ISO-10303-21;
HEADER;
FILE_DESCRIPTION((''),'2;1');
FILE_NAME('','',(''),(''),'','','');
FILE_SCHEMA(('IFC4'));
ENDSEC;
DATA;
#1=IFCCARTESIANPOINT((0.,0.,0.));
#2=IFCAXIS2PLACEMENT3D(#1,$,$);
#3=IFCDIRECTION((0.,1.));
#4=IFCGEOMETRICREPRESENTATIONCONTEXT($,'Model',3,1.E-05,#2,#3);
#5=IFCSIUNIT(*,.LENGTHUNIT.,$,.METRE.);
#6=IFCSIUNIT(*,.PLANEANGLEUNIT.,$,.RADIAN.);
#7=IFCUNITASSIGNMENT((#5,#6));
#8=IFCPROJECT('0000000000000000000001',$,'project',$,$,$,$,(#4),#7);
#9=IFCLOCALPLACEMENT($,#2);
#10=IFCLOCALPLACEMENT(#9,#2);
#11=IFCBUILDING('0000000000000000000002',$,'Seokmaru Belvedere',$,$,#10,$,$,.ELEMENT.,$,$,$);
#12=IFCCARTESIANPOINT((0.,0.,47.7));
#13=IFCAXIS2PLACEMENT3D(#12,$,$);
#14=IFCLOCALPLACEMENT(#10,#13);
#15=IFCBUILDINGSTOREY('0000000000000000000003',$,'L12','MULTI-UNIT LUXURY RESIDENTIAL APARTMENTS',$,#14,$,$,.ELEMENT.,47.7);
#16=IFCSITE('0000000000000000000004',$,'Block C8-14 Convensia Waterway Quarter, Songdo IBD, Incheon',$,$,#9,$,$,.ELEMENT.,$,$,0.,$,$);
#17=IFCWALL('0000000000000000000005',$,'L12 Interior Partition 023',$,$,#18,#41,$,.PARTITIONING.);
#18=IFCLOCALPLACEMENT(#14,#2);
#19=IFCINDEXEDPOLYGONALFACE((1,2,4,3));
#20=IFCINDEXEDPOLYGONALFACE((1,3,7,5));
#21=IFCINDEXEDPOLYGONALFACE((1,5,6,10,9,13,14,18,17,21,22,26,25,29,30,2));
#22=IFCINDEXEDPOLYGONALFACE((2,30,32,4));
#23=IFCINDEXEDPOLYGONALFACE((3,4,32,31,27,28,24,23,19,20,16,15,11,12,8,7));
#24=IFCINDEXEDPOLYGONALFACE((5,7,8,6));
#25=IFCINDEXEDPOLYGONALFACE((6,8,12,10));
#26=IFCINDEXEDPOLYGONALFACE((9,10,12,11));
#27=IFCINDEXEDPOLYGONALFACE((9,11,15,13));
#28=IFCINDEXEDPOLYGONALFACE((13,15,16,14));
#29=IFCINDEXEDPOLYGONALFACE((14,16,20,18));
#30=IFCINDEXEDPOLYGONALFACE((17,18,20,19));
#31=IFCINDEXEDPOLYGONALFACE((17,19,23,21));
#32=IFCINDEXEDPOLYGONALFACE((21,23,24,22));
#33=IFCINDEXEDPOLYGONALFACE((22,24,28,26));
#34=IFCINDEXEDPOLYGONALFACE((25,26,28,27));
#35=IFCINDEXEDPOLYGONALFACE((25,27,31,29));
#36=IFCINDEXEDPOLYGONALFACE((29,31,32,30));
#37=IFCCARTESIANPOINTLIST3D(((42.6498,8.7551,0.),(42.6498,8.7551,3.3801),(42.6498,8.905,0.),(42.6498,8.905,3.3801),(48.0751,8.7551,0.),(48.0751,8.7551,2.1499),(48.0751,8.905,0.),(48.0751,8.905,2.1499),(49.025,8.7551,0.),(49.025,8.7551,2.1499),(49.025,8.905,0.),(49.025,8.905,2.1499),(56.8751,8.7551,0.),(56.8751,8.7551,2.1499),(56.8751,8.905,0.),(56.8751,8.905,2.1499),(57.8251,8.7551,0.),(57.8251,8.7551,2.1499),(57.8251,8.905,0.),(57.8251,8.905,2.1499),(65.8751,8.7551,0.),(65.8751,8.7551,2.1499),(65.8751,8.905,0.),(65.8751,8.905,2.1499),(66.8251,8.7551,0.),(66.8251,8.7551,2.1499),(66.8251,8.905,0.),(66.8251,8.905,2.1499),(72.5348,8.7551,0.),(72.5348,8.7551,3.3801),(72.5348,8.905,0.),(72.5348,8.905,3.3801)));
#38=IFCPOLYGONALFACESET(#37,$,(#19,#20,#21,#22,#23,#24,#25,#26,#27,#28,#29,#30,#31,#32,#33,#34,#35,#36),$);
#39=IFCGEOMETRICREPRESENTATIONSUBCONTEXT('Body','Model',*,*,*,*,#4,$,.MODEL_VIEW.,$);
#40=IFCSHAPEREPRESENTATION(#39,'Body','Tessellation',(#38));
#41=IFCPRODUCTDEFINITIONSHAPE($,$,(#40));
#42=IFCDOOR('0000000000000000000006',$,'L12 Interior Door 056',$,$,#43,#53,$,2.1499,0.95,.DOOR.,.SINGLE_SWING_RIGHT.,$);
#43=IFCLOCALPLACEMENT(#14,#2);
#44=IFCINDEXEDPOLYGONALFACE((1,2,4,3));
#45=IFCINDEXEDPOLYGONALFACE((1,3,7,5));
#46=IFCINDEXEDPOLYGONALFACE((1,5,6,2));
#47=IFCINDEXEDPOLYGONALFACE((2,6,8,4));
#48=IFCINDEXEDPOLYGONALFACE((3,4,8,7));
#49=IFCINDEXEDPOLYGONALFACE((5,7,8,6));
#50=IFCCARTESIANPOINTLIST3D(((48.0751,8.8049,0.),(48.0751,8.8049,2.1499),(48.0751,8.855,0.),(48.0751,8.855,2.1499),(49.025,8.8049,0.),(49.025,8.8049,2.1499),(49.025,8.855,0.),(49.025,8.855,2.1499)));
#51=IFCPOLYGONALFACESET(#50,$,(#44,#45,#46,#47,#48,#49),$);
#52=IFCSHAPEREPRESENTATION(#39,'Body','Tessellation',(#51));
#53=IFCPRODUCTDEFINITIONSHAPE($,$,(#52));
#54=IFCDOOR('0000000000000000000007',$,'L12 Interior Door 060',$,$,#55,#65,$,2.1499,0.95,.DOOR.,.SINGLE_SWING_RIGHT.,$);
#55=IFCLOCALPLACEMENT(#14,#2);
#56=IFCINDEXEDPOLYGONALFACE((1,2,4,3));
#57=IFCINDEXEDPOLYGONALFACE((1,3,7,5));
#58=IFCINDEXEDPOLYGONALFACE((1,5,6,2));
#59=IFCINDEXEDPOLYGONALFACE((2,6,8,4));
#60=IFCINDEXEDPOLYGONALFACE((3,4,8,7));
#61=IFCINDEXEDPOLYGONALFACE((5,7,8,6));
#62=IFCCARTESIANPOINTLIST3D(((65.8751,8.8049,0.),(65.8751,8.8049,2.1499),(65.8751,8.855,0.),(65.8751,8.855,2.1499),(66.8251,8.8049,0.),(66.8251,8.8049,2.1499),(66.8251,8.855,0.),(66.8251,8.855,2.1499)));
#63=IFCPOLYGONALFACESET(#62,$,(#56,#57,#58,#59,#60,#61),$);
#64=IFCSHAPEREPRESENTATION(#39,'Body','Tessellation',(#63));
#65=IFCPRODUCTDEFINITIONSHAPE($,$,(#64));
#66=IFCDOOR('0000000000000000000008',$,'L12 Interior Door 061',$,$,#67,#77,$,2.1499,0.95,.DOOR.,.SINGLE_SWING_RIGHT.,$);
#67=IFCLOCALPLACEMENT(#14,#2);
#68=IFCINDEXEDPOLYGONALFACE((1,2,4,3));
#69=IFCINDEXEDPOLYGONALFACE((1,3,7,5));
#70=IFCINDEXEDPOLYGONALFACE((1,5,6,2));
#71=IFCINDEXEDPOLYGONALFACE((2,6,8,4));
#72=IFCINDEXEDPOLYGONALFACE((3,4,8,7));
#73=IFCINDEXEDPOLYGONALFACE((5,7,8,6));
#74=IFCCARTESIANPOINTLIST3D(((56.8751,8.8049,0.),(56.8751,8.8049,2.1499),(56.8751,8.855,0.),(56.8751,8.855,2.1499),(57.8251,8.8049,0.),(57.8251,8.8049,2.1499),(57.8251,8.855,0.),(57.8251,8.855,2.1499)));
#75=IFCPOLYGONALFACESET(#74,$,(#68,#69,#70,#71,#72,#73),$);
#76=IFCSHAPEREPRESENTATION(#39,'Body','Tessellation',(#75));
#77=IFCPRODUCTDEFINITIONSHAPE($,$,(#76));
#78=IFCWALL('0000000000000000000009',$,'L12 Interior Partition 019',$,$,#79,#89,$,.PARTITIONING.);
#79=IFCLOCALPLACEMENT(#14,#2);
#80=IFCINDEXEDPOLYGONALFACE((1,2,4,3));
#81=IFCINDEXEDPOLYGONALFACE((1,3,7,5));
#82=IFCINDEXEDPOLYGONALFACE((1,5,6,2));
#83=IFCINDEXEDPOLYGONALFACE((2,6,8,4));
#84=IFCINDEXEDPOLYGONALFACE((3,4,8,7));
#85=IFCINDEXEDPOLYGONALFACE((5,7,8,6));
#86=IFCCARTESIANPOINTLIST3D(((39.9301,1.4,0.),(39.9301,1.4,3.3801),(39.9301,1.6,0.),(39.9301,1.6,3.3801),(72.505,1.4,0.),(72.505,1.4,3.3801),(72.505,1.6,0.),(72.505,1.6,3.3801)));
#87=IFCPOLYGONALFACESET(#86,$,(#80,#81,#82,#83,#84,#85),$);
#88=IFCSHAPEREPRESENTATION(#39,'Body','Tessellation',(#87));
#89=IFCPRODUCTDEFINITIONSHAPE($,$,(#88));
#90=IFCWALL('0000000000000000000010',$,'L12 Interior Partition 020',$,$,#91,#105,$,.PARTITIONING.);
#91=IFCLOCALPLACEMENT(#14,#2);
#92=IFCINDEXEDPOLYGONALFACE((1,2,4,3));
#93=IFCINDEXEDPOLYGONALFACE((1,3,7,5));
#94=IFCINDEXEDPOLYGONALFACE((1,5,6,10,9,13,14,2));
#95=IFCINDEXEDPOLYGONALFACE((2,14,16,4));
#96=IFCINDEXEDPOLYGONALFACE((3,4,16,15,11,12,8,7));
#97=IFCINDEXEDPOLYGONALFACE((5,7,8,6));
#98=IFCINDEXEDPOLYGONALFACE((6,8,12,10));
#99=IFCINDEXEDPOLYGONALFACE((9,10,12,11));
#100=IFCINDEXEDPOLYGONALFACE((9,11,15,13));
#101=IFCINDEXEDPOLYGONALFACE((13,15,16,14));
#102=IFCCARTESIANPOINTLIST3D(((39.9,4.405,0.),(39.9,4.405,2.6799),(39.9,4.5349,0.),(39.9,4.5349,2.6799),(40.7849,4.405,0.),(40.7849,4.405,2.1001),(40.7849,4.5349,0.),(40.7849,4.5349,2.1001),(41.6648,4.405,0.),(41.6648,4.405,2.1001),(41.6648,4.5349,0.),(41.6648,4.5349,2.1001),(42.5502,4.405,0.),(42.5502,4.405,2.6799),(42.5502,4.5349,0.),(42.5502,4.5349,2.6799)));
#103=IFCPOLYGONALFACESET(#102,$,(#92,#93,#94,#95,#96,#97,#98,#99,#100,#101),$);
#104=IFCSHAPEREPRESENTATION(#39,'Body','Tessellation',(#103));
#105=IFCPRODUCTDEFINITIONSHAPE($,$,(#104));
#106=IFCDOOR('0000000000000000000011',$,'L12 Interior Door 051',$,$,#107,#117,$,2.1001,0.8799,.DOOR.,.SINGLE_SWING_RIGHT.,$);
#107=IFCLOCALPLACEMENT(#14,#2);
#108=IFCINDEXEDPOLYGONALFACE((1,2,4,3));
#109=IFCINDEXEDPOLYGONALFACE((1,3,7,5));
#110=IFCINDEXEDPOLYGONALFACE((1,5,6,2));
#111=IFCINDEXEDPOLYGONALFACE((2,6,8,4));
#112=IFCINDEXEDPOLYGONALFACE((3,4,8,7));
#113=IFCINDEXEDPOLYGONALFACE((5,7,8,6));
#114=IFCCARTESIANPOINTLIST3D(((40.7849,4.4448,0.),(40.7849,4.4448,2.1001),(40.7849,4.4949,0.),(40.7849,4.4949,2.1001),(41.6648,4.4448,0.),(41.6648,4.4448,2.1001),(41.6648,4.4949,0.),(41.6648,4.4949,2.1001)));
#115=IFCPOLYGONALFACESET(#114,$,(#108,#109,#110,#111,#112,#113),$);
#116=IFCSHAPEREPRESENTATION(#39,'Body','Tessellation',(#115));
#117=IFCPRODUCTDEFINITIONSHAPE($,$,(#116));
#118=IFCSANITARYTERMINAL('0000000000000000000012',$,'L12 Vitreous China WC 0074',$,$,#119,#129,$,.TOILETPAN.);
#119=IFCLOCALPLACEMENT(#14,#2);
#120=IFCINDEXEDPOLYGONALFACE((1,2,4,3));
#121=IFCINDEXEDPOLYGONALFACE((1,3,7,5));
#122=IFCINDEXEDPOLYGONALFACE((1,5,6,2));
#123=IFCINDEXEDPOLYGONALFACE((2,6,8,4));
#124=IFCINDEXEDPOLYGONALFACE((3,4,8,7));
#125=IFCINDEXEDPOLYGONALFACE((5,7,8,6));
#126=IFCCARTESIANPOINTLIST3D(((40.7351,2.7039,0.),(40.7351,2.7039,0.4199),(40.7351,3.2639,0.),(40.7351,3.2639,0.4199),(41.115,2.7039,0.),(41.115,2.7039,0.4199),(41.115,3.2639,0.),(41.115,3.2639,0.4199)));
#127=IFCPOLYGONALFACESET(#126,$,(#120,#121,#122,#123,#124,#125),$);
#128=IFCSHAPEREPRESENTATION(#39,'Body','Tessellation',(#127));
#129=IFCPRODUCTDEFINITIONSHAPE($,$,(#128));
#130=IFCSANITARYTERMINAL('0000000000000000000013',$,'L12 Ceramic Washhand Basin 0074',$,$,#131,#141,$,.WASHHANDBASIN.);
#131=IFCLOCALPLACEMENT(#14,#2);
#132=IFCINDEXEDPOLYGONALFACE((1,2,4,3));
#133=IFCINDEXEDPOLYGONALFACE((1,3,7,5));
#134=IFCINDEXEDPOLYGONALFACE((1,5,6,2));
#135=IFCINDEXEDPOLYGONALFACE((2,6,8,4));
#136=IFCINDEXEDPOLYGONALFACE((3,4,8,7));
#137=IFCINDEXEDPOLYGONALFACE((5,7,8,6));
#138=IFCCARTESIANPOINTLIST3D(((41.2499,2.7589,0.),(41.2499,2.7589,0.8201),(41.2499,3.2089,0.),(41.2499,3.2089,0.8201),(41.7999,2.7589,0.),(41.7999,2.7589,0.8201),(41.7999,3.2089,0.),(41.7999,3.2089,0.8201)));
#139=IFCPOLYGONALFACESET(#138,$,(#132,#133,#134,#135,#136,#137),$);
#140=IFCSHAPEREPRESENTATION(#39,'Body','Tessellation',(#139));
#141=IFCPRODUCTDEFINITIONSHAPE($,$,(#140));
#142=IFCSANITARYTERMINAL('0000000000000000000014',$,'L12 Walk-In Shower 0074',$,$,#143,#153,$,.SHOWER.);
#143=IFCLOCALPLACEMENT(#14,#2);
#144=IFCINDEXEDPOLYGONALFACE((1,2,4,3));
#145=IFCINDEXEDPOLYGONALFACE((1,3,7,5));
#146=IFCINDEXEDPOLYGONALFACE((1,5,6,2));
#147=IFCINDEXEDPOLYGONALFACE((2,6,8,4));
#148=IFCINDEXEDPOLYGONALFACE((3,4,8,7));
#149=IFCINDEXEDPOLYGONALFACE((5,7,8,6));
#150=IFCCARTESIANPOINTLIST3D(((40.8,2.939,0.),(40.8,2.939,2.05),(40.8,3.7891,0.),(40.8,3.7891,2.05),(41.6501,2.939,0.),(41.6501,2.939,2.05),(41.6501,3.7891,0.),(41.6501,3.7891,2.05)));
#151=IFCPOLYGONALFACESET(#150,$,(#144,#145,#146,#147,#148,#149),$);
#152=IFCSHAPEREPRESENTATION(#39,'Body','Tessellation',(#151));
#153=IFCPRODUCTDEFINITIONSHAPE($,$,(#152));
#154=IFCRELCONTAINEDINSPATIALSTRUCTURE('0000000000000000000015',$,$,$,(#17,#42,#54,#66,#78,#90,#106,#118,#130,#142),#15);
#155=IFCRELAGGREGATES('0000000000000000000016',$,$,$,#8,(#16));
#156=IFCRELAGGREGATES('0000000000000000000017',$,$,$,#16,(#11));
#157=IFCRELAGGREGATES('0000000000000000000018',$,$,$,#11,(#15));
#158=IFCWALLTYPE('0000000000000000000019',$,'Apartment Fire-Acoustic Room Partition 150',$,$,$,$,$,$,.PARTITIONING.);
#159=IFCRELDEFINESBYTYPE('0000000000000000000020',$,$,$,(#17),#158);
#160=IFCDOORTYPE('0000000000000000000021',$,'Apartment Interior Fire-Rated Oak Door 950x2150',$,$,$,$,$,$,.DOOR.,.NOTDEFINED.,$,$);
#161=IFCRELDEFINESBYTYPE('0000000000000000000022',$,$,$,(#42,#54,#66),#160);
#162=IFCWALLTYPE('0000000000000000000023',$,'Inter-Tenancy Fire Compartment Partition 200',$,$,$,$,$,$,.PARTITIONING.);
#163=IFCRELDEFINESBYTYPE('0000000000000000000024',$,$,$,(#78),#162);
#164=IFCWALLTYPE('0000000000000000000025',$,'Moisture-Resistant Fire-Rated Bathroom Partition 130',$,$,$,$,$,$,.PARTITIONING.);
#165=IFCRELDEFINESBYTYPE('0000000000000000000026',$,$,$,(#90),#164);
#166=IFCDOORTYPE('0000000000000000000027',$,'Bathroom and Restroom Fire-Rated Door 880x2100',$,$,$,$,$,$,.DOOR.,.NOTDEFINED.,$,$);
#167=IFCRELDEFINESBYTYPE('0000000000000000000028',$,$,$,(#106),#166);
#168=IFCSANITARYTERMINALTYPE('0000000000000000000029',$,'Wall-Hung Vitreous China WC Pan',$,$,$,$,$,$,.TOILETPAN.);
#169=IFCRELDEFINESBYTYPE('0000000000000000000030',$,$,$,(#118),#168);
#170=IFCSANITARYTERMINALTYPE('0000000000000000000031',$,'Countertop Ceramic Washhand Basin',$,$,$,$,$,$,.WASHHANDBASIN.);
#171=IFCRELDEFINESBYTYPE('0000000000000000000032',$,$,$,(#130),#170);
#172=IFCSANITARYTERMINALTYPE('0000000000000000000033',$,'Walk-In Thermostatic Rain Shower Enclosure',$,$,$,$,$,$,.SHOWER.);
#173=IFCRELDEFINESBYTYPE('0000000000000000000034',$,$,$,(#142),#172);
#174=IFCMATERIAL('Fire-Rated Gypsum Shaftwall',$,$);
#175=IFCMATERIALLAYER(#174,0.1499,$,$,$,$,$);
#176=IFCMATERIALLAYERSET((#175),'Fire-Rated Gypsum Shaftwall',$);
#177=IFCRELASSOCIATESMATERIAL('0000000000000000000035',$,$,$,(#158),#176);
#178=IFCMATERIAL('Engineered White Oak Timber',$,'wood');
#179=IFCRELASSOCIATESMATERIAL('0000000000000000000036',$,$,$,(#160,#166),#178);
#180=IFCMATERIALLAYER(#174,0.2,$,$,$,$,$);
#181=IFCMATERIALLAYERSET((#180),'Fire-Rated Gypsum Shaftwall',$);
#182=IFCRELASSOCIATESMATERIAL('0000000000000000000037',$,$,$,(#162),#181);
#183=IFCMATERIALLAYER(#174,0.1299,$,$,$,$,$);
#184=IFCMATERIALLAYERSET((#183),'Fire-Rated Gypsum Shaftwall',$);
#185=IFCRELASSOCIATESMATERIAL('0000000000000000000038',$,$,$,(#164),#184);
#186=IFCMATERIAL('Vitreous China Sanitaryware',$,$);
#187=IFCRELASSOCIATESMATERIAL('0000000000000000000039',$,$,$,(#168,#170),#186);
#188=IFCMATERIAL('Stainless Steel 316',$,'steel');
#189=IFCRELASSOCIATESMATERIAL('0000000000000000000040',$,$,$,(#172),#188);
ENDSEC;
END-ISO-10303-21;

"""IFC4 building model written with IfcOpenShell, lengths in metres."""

from ifc_helpers import new_model, si_unit, direction, frame, frame_2d, origin, origin_2d, place, context, subcontext, project, spatial, rectangle, extrude, source, transform, mapped, material, layer, layer_set, type_object, type_shapes, element, fill, save


model = new_model("IFC4")

# Units and contexts
model_context = context("Model", 3, precision=1e-05, world=origin(), true_north=direction((0.0, 1.0)))
body_context = subcontext(model_context, "Body", "Model", "MODEL_VIEW")
ifc_project = project(units=[si_unit("LENGTHUNIT", "METRE"), si_unit("PLANEANGLEUNIT", "RADIAN")], contexts=[model_context])

# Site, building, storey
site_placement = place(None, origin())
site = spatial("IfcSite", under=ifc_project, at=site_placement, Name="Block C8-14 Convensia Waterway Quarter, Songdo IBD, Incheon", CompositionType="ELEMENT", RefElevation=0.0)
building_placement = place(site_placement, origin())
building = spatial("IfcBuilding", under=site, at=building_placement, Name="Seokmaru Belvedere", CompositionType="ELEMENT")
storey_placement = place(building_placement, frame((0.0, 0.0, 47.7)))
storey = spatial("IfcBuildingStorey", under=building, at=storey_placement, Name="L12", Description="MULTI-UNIT LUXURY RESIDENTIAL APARTMENTS", CompositionType="ELEMENT", Elevation=47.7)

# Wall, openings, doors
ifc_material_1 = material(Name="Fire-Rated Gypsum Shaftwall")
ifc_layer_1 = layer(ifc_material_1, 0.1499)
ifc_layer_set_1 = layer_set([ifc_layer_1], Name="Fire-Rated Gypsum Shaftwall")
wall_type_1 = type_object("IfcWallType", Name="Apartment Fire-Acoustic Room Partition 150", PredefinedType="PARTITIONING", material=ifc_layer_set_1)
ifc_material_2 = material(Name="Engineered White Oak Timber", Category="wood")
door_type_1 = type_object("IfcDoorType", Name="Apartment Interior Fire-Rated Oak Door 950x2150", OperationType="NOTDEFINED", PredefinedType="DOOR", material=ifc_material_2)
shared_shape_1 = source(origin(), body_context, "Body", "SweptSolid", [
    extrude(rectangle(XDim=0.95, YDim=2.1499, at=frame_2d((0.4751, 1.075))), frame((0.0, 0.0249, 0.0), z_axis=(0.0, -1.0, 0.0), x_axis=(1.0, 0.0, 0.0)), (0.0, 0.0, 1.0), 0.05),
])
type_shapes(door_type_1, [shared_shape_1])
wall_1_placement = place(storey_placement, frame((42.6499, 8.8301, 0.0), z_axis=(0.0, 0.0, 1.0), x_axis=(1.0, 0.0, 0.0)))
wall_1 = element("IfcWall", 1, at=wall_1_placement, inside=storey, type_object=wall_type_1, Name="L12 Interior Partition 023", PredefinedType="PARTITIONING", context=body_context, shape_type="SweptSolid", body=[
    extrude(rectangle(XDim=29.885, YDim=0.1499, at=frame_2d((14.9424, 0.0))), origin(), (0.0, 0.0, 1.0), 3.3801),
])
opening_1_placement = place(wall_1_placement, frame((5.425, 0.0, 0.0)))
opening_1 = element("IfcOpeningElement", 2, at=opening_1_placement, cuts=wall_1, PredefinedType="OPENING", context=body_context, shape_type="SweptSolid", body=[
    extrude(rectangle(XDim=0.95, YDim=2.1499, at=frame_2d((0.4751, 1.075))), frame((0.0, 0.085, 0.0), z_axis=(0.0, -1.0, 0.0), x_axis=(1.0, 0.0, 0.0)), (0.0, 0.0, 1.0), 0.1699),
])
opening_2_placement = place(wall_1_placement, frame((23.2251, 0.0, 0.0)))
opening_2 = element("IfcOpeningElement", 3, at=opening_2_placement, cuts=wall_1, PredefinedType="OPENING", context=body_context, shape_type="SweptSolid", body=[
    extrude(rectangle(XDim=0.95, YDim=2.1499, at=frame_2d((0.4751, 1.075))), frame((0.0, 0.085, 0.0), z_axis=(0.0, -1.0, 0.0), x_axis=(1.0, 0.0, 0.0)), (0.0, 0.0, 1.0), 0.1699),
])
opening_3_placement = place(wall_1_placement, frame((14.2251, 0.0, 0.0)))
opening_3 = element("IfcOpeningElement", 4, at=opening_3_placement, cuts=wall_1, PredefinedType="OPENING", context=body_context, shape_type="SweptSolid", body=[
    extrude(rectangle(XDim=0.95, YDim=2.1499, at=frame_2d((0.4751, 1.075))), frame((0.0, 0.085, 0.0), z_axis=(0.0, -1.0, 0.0), x_axis=(1.0, 0.0, 0.0)), (0.0, 0.0, 1.0), 0.1699),
])
door_1_placement = place(opening_1_placement, origin())
door_1 = element("IfcDoor", 5, at=door_1_placement, inside=storey, type_object=door_type_1, Name="L12 Interior Door 056", OperationType="SINGLE_SWING_RIGHT", OverallHeight=2.1499, OverallWidth=0.95, PredefinedType="DOOR", context=body_context, shape_type="MappedRepresentation", body=[
    mapped(shared_shape_1, transform((0.0, 0.0, 0.0), scale=1.0)),
])
fill(opening_1, door_1)
door_2_placement = place(opening_2_placement, origin())
door_2 = element("IfcDoor", 6, at=door_2_placement, inside=storey, type_object=door_type_1, Name="L12 Interior Door 060", OperationType="SINGLE_SWING_RIGHT", OverallHeight=2.1499, OverallWidth=0.95, PredefinedType="DOOR", context=body_context, shape_type="MappedRepresentation", body=[
    mapped(shared_shape_1, transform((0.0, 0.0, 0.0), scale=1.0)),
])
fill(opening_2, door_2)
door_3_placement = place(opening_3_placement, origin())
door_3 = element("IfcDoor", 7, at=door_3_placement, inside=storey, type_object=door_type_1, Name="L12 Interior Door 061", OperationType="SINGLE_SWING_RIGHT", OverallHeight=2.1499, OverallWidth=0.95, PredefinedType="DOOR", context=body_context, shape_type="MappedRepresentation", body=[
    mapped(shared_shape_1, transform((0.0, 0.0, 0.0), scale=1.0)),
])
fill(opening_3, door_3)

# Wall
ifc_layer_2 = layer(ifc_material_1, 0.2)
ifc_layer_set_2 = layer_set([ifc_layer_2], Name="Fire-Rated Gypsum Shaftwall")
wall_type_2 = type_object("IfcWallType", Name="Inter-Tenancy Fire Compartment Partition 200", PredefinedType="PARTITIONING", material=ifc_layer_set_2)
wall_2_placement = place(storey_placement, frame((39.9299, 1.5, 0.0), z_axis=(0.0, 0.0, 1.0), x_axis=(1.0, 0.0, 0.0)))
element("IfcWall", 8, at=wall_2_placement, inside=storey, type_object=wall_type_2, Name="L12 Interior Partition 019", PredefinedType="PARTITIONING", context=body_context, shape_type="SweptSolid", body=[
    extrude(rectangle(XDim=32.575, YDim=0.2, at=frame_2d((16.2876, 0.0))), origin(), (0.0, 0.0, 1.0), 3.3801),
])

# Wall, opening, door
ifc_layer_3 = layer(ifc_material_1, 0.1299)
ifc_layer_set_3 = layer_set([ifc_layer_3], Name="Fire-Rated Gypsum Shaftwall")
wall_type_3 = type_object("IfcWallType", Name="Moisture-Resistant Fire-Rated Bathroom Partition 130", PredefinedType="PARTITIONING", material=ifc_layer_set_3)
wall_3_placement = place(storey_placement, frame((39.8999, 4.47, 0.0), z_axis=(0.0, 0.0, 1.0), x_axis=(1.0, 0.0, 0.0)))
wall_3 = element("IfcWall", 9, at=wall_3_placement, inside=storey, type_object=wall_type_3, Name="L12 Interior Partition 020", PredefinedType="PARTITIONING", context=body_context, shape_type="SweptSolid", body=[
    extrude(rectangle(XDim=2.6501, YDim=0.1299, at=frame_2d((1.3252, 0.0))), origin(), (0.0, 0.0, 1.0), 2.6799),
])
opening_4_placement = place(wall_3_placement, frame((0.885, 0.0, 0.0)))
opening_4 = element("IfcOpeningElement", 10, at=opening_4_placement, cuts=wall_3, PredefinedType="OPENING", context=body_context, shape_type="SweptSolid", body=[
    extrude(rectangle(XDim=0.8799, YDim=2.1001, at=frame_2d((0.4399, 1.05))), frame((0.0, 0.075, 0.0), z_axis=(0.0, -1.0, 0.0), x_axis=(1.0, 0.0, 0.0)), (0.0, 0.0, 1.0), 0.1499),
])
door_type_2 = type_object("IfcDoorType", Name="Bathroom and Restroom Fire-Rated Door 880x2100", OperationType="NOTDEFINED", PredefinedType="DOOR", material=ifc_material_2)
shared_shape_2 = source(origin(), body_context, "Body", "SweptSolid", [
    extrude(rectangle(XDim=0.8799, YDim=2.1001, at=frame_2d((0.4399, 1.05))), frame((0.0, 0.0249, 0.0), z_axis=(0.0, -1.0, 0.0), x_axis=(1.0, 0.0, 0.0)), (0.0, 0.0, 1.0), 0.05),
])
type_shapes(door_type_2, [shared_shape_2])
door_4_placement = place(opening_4_placement, origin())
door_4 = element("IfcDoor", 11, at=door_4_placement, inside=storey, type_object=door_type_2, Name="L12 Interior Door 051", OperationType="SINGLE_SWING_RIGHT", OverallHeight=2.1001, OverallWidth=0.8799, PredefinedType="DOOR", context=body_context, shape_type="MappedRepresentation", body=[
    mapped(shared_shape_2, transform((0.0, 0.0, 0.0), scale=1.0)),
])
fill(opening_4, door_4)

# Sanitary terminals
ifc_material_3 = material(Name="Vitreous China Sanitaryware")
sanitary_terminal_type_1 = type_object("IfcSanitaryTerminalType", Name="Wall-Hung Vitreous China WC Pan", PredefinedType="TOILETPAN", material=ifc_material_3)
shared_shape_3 = source(origin(), body_context, "Body", "SweptSolid", [
    extrude(rectangle(XDim=0.3799, YDim=0.5601, at=origin_2d()), origin(), (0.0, 0.0, 1.0), 0.4199),
])
type_shapes(sanitary_terminal_type_1, [shared_shape_3])
sanitary_terminal_1_placement = place(storey_placement, frame((40.925, 2.9839, 0.0), z_axis=(0.0, 0.0, 1.0), x_axis=(1.0, 0.0, 0.0)))
element("IfcSanitaryTerminal", 12, at=sanitary_terminal_1_placement, inside=storey, type_object=sanitary_terminal_type_1, Name="L12 Vitreous China WC 0074", PredefinedType="TOILETPAN", context=body_context, shape_type="MappedRepresentation", body=[
    mapped(shared_shape_3, transform((0.0, 0.0, 0.0), scale=1.0)),
])
sanitary_terminal_type_2 = type_object("IfcSanitaryTerminalType", Name="Countertop Ceramic Washhand Basin", PredefinedType="WASHHANDBASIN", material=ifc_material_3)
shared_shape_4 = source(origin(), body_context, "Body", "SweptSolid", [
    extrude(rectangle(XDim=0.55, YDim=0.45, at=origin_2d()), origin(), (0.0, 0.0, 1.0), 0.8201),
])
type_shapes(sanitary_terminal_type_2, [shared_shape_4])
sanitary_terminal_2_placement = place(storey_placement, frame((41.5249, 2.9839, 0.0), z_axis=(0.0, 0.0, 1.0), x_axis=(1.0, 0.0, 0.0)))
element("IfcSanitaryTerminal", 13, at=sanitary_terminal_2_placement, inside=storey, type_object=sanitary_terminal_type_2, Name="L12 Ceramic Washhand Basin 0074", PredefinedType="WASHHANDBASIN", context=body_context, shape_type="MappedRepresentation", body=[
    mapped(shared_shape_4, transform((0.0, 0.0, 0.0), scale=1.0)),
])
ifc_material_4 = material(Name="Stainless Steel 316", Category="steel")
sanitary_terminal_type_3 = type_object("IfcSanitaryTerminalType", Name="Walk-In Thermostatic Rain Shower Enclosure", PredefinedType="SHOWER", material=ifc_material_4)
shared_shape_5 = source(origin(), body_context, "Body", "SweptSolid", [
    extrude(rectangle(XDim=0.8501, YDim=0.8501, at=origin_2d()), origin(), (0.0, 0.0, 1.0), 2.05),
])
type_shapes(sanitary_terminal_type_3, [shared_shape_5])
sanitary_terminal_3_placement = place(storey_placement, frame((41.2251, 3.364, 0.0), z_axis=(0.0, 0.0, 1.0), x_axis=(1.0, 0.0, 0.0)))
element("IfcSanitaryTerminal", 14, at=sanitary_terminal_3_placement, inside=storey, type_object=sanitary_terminal_type_3, Name="L12 Walk-In Shower 0074", PredefinedType="SHOWER", context=body_context, shape_type="MappedRepresentation", body=[
    mapped(shared_shape_5, transform((0.0, 0.0, 0.0), scale=1.0)),
])

save(model, "model.ifc")
